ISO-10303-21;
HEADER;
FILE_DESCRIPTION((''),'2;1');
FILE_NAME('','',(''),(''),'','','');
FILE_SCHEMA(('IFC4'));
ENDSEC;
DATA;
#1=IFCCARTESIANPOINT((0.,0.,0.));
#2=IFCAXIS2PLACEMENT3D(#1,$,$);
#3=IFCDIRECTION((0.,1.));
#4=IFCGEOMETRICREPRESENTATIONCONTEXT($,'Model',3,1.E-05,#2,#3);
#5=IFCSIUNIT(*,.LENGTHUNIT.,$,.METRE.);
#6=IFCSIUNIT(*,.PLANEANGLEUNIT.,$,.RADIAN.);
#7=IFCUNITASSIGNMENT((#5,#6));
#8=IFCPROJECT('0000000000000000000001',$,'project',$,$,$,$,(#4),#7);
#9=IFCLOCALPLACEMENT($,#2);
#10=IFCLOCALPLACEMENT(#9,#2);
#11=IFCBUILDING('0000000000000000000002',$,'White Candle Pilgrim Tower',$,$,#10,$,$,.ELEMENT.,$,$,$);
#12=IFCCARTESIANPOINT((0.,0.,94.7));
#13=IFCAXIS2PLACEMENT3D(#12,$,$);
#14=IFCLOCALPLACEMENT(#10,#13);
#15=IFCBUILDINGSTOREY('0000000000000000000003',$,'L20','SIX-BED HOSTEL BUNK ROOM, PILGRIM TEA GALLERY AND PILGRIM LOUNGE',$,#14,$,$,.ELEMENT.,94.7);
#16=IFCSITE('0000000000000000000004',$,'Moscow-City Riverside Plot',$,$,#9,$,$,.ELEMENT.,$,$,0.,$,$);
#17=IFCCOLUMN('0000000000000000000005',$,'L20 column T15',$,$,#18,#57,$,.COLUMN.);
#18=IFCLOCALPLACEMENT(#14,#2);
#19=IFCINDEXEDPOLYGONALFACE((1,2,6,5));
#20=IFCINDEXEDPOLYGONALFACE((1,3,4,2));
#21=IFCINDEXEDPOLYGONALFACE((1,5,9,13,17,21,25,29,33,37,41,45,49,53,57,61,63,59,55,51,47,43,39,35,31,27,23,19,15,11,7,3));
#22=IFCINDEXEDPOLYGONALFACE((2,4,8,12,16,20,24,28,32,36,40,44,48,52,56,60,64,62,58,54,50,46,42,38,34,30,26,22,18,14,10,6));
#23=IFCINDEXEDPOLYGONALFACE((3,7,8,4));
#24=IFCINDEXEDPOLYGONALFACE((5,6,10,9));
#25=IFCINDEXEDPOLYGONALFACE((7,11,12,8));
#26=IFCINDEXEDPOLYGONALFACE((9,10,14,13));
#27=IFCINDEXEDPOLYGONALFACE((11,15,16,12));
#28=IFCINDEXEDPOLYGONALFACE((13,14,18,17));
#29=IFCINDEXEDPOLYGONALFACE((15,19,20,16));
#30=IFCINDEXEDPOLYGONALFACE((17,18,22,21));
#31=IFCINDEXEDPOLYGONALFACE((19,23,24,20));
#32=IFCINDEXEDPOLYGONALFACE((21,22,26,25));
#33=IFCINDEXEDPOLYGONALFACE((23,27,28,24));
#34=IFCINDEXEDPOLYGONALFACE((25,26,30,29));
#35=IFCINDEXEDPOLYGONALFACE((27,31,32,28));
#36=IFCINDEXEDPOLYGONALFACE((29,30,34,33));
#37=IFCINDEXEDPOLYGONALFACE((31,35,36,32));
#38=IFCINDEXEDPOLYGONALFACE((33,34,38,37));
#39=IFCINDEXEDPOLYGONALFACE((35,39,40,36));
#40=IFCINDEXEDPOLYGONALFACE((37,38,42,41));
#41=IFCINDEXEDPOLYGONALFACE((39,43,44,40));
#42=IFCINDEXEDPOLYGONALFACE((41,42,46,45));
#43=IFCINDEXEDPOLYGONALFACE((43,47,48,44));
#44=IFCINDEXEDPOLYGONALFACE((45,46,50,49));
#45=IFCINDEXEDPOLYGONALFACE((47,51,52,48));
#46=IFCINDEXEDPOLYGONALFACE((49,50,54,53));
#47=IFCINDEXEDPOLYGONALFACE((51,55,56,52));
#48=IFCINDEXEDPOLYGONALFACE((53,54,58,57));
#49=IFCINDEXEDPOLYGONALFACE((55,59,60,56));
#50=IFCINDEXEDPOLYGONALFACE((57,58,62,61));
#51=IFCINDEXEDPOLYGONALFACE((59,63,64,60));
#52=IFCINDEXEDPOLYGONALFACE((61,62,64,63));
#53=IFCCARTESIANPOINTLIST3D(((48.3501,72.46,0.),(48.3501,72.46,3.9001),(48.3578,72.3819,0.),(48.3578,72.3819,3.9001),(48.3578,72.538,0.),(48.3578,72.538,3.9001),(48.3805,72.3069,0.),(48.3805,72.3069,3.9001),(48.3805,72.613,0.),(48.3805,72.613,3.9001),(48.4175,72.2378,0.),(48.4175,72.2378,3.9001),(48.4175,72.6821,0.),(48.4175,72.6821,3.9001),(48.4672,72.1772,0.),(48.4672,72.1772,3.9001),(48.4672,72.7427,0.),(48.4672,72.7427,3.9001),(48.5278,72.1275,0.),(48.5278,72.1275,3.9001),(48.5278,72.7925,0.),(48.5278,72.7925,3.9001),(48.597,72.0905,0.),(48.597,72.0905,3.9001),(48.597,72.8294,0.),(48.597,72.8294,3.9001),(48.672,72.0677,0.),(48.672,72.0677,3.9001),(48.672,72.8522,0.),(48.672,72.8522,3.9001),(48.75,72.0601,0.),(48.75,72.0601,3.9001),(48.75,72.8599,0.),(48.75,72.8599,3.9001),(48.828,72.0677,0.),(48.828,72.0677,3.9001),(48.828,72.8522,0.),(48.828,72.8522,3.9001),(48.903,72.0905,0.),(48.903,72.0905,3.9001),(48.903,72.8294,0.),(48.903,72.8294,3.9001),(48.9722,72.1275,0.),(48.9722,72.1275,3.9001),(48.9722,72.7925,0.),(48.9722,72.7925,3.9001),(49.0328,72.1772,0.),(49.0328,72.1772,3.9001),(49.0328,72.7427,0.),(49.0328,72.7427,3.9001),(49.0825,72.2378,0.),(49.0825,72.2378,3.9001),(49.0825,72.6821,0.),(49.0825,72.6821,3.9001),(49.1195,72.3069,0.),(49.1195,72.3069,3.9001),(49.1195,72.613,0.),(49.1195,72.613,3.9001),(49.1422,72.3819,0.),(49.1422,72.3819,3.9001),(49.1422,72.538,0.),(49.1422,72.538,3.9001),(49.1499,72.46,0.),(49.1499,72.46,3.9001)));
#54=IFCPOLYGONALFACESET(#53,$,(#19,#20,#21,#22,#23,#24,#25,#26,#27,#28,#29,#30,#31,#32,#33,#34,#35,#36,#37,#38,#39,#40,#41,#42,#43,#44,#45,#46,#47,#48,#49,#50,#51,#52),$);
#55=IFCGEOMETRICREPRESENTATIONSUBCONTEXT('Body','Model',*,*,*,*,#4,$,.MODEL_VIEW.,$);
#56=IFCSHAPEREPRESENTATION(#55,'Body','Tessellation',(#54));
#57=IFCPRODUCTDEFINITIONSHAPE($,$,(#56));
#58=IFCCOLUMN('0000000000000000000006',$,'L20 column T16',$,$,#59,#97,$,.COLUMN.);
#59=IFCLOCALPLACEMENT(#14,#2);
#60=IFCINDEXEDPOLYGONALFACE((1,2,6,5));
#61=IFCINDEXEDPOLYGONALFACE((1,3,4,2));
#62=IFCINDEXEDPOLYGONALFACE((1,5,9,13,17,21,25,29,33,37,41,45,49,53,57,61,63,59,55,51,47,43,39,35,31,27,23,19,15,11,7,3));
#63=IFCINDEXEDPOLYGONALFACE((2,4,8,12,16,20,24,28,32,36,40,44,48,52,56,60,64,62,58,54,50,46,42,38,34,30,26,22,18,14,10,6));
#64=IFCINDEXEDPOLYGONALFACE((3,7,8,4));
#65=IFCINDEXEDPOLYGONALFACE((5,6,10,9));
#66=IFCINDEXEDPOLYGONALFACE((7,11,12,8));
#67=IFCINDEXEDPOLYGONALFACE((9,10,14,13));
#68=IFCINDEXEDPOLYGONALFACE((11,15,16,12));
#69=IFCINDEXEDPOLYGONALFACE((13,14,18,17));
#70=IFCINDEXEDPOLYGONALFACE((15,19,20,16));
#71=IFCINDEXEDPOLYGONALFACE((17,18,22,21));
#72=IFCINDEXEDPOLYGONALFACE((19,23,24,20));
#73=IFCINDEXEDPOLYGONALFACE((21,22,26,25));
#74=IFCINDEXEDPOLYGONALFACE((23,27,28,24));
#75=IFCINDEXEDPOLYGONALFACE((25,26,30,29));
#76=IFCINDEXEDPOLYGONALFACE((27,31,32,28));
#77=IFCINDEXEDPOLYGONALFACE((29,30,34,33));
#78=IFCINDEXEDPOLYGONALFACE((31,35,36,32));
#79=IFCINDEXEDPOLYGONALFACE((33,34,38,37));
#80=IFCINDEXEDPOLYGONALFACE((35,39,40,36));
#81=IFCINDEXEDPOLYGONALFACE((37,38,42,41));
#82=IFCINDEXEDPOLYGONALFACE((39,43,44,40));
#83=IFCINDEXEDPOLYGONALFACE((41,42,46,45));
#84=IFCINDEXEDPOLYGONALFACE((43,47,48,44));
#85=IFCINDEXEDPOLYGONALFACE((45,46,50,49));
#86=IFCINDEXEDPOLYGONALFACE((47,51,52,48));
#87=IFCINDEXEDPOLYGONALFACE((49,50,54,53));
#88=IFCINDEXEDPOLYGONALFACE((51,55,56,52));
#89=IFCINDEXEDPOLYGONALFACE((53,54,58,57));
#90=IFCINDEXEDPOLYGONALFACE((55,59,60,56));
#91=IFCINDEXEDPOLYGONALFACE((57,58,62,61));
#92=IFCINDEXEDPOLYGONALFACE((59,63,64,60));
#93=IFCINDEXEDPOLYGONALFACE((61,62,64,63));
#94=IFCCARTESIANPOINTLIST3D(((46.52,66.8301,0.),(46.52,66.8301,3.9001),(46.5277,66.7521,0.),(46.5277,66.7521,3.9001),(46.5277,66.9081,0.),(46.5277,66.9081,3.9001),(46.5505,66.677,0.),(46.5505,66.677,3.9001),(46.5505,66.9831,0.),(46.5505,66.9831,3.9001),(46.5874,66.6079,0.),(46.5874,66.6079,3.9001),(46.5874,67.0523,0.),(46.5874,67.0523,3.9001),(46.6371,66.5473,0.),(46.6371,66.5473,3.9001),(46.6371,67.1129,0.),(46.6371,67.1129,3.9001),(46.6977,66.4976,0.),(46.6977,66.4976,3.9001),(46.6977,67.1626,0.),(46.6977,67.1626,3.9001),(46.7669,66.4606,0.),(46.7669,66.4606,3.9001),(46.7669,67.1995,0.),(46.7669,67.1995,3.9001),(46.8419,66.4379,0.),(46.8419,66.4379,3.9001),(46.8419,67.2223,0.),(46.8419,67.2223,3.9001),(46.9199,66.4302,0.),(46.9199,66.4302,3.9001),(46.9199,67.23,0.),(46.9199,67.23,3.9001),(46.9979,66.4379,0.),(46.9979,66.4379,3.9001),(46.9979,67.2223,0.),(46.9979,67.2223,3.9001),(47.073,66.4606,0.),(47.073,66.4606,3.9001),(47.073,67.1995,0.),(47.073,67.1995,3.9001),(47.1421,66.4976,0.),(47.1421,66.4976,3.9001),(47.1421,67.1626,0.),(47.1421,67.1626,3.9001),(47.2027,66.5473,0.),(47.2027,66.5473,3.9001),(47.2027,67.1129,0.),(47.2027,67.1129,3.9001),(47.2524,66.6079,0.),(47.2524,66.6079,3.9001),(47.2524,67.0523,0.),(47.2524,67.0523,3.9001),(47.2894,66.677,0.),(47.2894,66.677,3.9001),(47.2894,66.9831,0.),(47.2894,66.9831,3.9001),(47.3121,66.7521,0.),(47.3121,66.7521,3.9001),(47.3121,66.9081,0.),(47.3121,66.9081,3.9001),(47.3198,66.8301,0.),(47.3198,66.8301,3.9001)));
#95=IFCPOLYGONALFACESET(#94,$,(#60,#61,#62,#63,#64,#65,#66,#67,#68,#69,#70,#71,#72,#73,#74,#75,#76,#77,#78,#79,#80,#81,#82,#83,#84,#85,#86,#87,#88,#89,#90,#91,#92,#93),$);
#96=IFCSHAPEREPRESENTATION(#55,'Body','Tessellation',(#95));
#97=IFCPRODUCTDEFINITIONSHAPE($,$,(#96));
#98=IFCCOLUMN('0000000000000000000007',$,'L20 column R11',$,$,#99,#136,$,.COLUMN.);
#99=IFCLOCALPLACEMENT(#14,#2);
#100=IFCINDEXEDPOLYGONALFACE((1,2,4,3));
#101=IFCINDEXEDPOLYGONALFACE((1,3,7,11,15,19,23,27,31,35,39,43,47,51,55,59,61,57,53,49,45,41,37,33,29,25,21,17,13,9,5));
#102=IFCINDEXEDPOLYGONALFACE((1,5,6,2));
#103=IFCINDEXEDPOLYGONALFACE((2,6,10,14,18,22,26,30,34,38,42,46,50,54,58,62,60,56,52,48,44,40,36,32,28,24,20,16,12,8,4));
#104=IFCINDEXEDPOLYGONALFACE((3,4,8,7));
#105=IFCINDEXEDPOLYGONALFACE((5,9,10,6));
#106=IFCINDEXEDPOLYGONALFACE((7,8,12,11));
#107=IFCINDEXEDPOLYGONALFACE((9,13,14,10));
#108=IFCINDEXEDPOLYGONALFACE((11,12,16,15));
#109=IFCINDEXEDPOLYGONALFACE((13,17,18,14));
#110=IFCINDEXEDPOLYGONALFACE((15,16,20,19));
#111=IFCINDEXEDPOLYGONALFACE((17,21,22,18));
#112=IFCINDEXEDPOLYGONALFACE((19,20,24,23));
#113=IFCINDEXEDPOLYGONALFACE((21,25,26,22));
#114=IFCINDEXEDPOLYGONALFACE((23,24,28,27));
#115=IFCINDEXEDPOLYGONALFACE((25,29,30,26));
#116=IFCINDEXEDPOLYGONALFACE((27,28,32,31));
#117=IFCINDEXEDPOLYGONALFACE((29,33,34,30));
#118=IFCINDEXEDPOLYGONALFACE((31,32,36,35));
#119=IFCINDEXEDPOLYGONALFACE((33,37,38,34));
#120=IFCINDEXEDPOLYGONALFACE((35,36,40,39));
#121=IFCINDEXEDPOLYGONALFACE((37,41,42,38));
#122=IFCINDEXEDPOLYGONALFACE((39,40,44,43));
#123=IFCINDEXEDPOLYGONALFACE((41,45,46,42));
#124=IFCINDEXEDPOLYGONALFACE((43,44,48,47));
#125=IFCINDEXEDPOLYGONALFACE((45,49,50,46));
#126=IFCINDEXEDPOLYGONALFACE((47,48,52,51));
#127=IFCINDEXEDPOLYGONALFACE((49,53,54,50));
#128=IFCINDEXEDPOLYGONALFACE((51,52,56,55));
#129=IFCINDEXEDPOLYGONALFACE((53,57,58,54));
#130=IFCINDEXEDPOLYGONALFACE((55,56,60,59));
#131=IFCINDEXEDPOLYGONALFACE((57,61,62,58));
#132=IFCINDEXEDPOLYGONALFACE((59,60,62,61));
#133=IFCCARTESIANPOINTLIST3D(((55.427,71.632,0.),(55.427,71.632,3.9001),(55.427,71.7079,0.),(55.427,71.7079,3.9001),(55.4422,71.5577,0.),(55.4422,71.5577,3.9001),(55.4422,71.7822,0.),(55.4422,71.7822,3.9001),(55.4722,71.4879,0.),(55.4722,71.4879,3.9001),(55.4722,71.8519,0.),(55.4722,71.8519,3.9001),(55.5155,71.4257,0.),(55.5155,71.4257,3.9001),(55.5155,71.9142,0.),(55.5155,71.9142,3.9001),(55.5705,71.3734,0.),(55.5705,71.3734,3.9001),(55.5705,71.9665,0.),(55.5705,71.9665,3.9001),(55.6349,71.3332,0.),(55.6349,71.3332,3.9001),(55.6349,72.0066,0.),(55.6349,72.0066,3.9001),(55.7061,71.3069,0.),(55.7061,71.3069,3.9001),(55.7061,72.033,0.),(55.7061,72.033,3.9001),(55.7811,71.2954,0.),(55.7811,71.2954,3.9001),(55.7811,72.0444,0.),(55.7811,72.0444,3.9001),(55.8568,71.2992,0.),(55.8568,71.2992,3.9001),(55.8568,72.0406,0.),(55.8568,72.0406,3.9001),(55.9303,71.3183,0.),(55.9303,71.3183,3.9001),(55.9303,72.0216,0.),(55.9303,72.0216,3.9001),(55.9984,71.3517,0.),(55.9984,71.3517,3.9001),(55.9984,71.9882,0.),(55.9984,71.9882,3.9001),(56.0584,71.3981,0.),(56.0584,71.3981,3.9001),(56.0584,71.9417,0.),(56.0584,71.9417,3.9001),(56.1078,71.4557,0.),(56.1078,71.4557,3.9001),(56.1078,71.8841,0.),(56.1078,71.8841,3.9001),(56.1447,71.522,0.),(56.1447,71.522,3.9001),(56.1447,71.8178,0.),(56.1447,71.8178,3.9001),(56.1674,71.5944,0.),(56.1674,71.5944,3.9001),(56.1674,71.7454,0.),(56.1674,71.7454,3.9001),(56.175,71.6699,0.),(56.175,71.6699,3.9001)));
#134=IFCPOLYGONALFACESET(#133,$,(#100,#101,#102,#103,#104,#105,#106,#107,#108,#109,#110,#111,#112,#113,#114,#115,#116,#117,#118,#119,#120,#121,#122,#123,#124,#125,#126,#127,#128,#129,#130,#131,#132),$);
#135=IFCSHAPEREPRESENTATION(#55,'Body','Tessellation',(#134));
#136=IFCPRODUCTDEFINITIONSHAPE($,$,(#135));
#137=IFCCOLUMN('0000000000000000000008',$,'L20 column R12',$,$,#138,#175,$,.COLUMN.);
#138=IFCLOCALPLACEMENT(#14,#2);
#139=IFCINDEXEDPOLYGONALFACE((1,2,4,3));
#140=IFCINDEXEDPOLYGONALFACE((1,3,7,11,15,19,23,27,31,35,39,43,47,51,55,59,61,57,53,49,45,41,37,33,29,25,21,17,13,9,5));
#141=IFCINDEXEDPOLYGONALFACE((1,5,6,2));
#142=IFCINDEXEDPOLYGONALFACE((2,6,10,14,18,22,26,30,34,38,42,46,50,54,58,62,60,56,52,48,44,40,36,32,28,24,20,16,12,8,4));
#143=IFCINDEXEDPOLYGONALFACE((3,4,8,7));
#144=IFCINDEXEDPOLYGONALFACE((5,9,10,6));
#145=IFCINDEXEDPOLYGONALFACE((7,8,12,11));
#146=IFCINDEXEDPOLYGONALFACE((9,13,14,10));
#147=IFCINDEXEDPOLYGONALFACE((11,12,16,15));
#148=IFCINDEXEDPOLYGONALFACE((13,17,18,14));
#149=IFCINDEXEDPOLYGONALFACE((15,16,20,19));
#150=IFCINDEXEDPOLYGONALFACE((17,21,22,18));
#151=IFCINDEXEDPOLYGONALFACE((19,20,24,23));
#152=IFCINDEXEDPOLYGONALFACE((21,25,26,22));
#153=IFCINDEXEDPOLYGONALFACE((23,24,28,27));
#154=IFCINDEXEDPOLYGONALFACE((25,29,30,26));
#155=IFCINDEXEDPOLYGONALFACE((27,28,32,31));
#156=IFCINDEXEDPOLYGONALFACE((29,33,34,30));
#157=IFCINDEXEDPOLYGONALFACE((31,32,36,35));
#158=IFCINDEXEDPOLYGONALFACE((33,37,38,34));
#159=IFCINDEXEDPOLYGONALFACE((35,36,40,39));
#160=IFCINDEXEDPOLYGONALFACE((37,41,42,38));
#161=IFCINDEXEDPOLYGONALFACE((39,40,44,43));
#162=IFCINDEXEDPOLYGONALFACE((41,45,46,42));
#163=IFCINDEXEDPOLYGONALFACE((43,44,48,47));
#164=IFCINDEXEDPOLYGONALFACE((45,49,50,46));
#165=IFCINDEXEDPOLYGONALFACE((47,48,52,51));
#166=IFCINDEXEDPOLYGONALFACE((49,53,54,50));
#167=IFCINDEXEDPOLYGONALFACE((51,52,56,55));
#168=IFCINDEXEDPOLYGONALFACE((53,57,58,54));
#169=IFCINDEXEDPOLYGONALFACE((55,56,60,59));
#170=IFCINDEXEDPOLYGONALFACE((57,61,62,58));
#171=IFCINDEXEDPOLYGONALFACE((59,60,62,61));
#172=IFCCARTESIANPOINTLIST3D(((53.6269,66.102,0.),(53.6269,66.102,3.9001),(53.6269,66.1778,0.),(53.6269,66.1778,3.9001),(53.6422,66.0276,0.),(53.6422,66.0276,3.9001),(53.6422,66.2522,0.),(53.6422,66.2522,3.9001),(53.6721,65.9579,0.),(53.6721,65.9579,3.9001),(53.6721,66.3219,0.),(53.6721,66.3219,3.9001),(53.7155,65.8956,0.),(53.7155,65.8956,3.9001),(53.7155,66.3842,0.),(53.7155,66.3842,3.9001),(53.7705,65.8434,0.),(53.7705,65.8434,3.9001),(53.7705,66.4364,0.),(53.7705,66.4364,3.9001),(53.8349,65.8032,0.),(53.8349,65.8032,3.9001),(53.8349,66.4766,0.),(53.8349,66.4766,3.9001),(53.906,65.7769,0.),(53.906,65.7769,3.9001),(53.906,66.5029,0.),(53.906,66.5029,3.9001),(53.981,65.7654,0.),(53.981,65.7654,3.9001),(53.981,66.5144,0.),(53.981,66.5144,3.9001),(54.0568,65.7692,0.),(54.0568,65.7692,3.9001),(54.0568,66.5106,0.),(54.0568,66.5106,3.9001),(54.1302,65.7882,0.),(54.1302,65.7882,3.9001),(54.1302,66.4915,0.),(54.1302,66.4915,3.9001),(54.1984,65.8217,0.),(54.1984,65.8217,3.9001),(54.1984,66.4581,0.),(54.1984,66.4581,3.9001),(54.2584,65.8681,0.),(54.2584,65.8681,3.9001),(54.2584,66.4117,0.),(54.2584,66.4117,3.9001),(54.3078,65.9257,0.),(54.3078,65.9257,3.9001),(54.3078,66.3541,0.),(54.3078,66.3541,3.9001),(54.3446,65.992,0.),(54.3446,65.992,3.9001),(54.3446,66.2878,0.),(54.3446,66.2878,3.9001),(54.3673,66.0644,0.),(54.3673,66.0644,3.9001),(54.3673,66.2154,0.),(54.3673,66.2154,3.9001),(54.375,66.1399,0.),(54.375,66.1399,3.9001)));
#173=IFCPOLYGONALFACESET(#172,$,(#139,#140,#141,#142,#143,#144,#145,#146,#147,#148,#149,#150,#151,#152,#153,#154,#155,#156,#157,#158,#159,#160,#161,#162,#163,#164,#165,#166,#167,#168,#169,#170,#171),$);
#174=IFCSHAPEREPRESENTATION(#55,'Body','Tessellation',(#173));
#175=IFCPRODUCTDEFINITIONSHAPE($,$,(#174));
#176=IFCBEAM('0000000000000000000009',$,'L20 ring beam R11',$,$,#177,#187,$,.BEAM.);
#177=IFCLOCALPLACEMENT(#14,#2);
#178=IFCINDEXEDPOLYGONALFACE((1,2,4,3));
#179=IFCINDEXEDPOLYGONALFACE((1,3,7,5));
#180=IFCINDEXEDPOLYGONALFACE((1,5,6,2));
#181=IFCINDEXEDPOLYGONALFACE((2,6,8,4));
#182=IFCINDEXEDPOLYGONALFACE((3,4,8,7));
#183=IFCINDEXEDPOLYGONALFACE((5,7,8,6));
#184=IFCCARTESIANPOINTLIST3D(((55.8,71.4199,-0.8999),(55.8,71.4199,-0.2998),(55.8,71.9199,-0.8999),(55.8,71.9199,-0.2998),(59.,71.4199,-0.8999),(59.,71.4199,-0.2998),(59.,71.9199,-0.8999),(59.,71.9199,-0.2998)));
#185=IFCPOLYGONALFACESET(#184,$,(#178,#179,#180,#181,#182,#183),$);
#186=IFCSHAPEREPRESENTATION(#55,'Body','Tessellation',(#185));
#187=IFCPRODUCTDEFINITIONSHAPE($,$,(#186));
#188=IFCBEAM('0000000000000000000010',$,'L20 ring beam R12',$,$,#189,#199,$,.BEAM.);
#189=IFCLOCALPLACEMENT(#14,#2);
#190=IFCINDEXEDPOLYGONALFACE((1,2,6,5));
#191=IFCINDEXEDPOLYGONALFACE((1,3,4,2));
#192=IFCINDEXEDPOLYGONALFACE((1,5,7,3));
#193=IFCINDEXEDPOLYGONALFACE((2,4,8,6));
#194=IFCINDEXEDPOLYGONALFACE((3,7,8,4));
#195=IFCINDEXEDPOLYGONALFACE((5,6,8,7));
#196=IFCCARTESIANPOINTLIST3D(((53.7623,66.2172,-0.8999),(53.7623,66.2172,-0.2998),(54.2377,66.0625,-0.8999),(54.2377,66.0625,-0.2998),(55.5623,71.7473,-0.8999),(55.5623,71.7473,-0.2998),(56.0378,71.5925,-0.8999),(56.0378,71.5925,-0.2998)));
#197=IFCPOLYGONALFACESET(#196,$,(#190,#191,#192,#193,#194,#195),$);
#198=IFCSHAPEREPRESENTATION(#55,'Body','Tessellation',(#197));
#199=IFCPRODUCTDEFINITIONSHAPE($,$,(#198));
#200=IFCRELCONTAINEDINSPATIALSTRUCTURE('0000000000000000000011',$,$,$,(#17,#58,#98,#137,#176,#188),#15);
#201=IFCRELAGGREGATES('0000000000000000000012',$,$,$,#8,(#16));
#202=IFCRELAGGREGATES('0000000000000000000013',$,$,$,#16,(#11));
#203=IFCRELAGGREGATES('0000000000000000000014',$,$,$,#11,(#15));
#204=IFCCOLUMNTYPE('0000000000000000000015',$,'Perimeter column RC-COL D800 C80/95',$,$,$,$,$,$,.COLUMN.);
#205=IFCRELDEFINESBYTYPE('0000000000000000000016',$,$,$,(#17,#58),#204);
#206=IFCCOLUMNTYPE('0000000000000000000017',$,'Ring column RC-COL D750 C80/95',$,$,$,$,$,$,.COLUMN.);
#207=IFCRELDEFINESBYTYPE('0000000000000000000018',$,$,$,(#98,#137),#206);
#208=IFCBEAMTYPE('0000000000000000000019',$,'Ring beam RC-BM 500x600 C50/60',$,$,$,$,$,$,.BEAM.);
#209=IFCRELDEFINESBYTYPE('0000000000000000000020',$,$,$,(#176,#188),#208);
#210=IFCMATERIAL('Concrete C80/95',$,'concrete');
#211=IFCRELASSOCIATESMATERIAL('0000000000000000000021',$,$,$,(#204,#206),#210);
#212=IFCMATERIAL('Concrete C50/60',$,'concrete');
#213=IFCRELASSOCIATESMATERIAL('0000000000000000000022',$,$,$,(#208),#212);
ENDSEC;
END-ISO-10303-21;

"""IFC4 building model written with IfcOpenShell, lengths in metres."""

from ifc_helpers import new_model, si_unit, direction, frame, origin, origin_2d, place, context, subcontext, project, spatial, rectangle, circle, extrude, material, material_profile, profile_set, type_object, element, save


model = new_model("IFC4")

# Units and contexts
model_context = context("Model", 3, precision=1e-05, world=origin(), true_north=direction((0.0, 1.0)))
body_context = subcontext(model_context, "Body", "Model", "MODEL_VIEW")
ifc_project = project(units=[si_unit("LENGTHUNIT", "METRE"), si_unit("PLANEANGLEUNIT", "RADIAN")], contexts=[model_context])

# Site, building, storey
site_placement = place(None, origin())
site = spatial("IfcSite", under=ifc_project, at=site_placement, Name="Moscow-City Riverside Plot", CompositionType="ELEMENT", RefElevation=0.0)
building_placement = place(site_placement, origin())
building = spatial("IfcBuilding", under=site, at=building_placement, Name="White Candle Pilgrim Tower", CompositionType="ELEMENT")
storey_placement = place(building_placement, frame((0.0, 0.0, 94.7)))
storey = spatial("IfcBuildingStorey", under=building, at=storey_placement, Name="L20", Description="SIX-BED HOSTEL BUNK ROOM, PILGRIM TEA GALLERY AND PILGRIM LOUNGE", CompositionType="ELEMENT", Elevation=94.7)

# Columns
ifc_material_1 = material(Name="Concrete C80/95", Category="concrete")
ifc_material_profile_1 = material_profile(ifc_material_1, circle(Radius=0.3999, at=origin_2d()), Name="RC-COL D800")
ifc_profile_set_1 = profile_set([ifc_material_profile_1], Name="Concrete C80/95")
column_type_1 = type_object("IfcColumnType", Name="Perimeter column RC-COL D800 C80/95", PredefinedType="COLUMN", material=ifc_profile_set_1)
for number, where, z_axis, x_axis, name in (
    (1, (48.75, 72.46, 0.0), (0.0, 0.0, 1.0), (1.0, 0.0, 0.0), "L20 column T15"),
    (2, (46.9199, 66.8301, 0.0), (0.0, 0.0, 1.0), (1.0, 0.0, 0.0), "L20 column T16"),
):
    element("IfcColumn", number, at=place(storey_placement, frame(where, z_axis=z_axis, x_axis=x_axis)), inside=storey, type_object=column_type_1, Name=name, PredefinedType="COLUMN", context=body_context, shape_type="SweptSolid", body=[
        extrude(circle(Radius=0.3999, at=origin_2d()), origin(), (0.0, 0.0, 1.0), 3.9001),
    ])
ifc_material_profile_2 = material_profile(ifc_material_1, circle(Radius=0.375, at=origin_2d()), Name="RC-COL D750")
ifc_profile_set_2 = profile_set([ifc_material_profile_2], Name="Concrete C80/95")
column_type_2 = type_object("IfcColumnType", Name="Ring column RC-COL D750 C80/95", PredefinedType="COLUMN", material=ifc_profile_set_2)
for number, where, z_axis, x_axis, name in (
    (3, (55.8, 71.6699, 0.0), (0.0, 0.0, 1.0), (1.0, 0.0, 0.0), "L20 column R11"),
    (4, (54.0, 66.1399, 0.0), (0.0, 0.0, 1.0), (1.0, 0.0, 0.0), "L20 column R12"),
):
    element("IfcColumn", number, at=place(storey_placement, frame(where, z_axis=z_axis, x_axis=x_axis)), inside=storey, type_object=column_type_2, Name=name, PredefinedType="COLUMN", context=body_context, shape_type="SweptSolid", body=[
        extrude(circle(Radius=0.375, at=origin_2d()), origin(), (0.0, 0.0, 1.0), 3.9001),
    ])

# Beams
ifc_material_2 = material(Name="Concrete C50/60", Category="concrete")
ifc_material_profile_3 = material_profile(ifc_material_2, rectangle(XDim=0.5, YDim=0.6001, at=origin_2d()), Name="RC-BM 500x600")
ifc_profile_set_3 = profile_set([ifc_material_profile_3], Name="Concrete C50/60")
beam_type_1 = type_object("IfcBeamType", Name="Ring beam RC-BM 500x600 C50/60", PredefinedType="BEAM", material=ifc_profile_set_3)
beam_1_placement = place(storey_placement, frame((55.8, 71.6699, -0.5999), z_axis=(1.0, 0.0, 0.0), x_axis=(0.0, 1.0, 0.0)))
element("IfcBeam", 5, at=beam_1_placement, inside=storey, type_object=beam_type_1, Name="L20 ring beam R11", PredefinedType="BEAM", context=body_context, shape_type="SweptSolid", body=[
    extrude(rectangle(XDim=0.5, YDim=0.6001, at=origin_2d()), origin(), (0.0, 0.0, 1.0), 3.2),
])
beam_2_placement = place(storey_placement, frame((55.8, 71.6699, -0.5999), z_axis=(-0.30952, -0.950893, 0.0), x_axis=(0.950893, -0.30952, 0.0)))
element("IfcBeam", 6, at=beam_2_placement, inside=storey, type_object=beam_type_1, Name="L20 ring beam R12", PredefinedType="BEAM", context=body_context, shape_type="SweptSolid", body=[
    extrude(rectangle(XDim=0.5, YDim=0.6001, at=origin_2d()), origin(), (0.0, 0.0, 1.0), 5.8157),
])

save(model, "model.ifc")
